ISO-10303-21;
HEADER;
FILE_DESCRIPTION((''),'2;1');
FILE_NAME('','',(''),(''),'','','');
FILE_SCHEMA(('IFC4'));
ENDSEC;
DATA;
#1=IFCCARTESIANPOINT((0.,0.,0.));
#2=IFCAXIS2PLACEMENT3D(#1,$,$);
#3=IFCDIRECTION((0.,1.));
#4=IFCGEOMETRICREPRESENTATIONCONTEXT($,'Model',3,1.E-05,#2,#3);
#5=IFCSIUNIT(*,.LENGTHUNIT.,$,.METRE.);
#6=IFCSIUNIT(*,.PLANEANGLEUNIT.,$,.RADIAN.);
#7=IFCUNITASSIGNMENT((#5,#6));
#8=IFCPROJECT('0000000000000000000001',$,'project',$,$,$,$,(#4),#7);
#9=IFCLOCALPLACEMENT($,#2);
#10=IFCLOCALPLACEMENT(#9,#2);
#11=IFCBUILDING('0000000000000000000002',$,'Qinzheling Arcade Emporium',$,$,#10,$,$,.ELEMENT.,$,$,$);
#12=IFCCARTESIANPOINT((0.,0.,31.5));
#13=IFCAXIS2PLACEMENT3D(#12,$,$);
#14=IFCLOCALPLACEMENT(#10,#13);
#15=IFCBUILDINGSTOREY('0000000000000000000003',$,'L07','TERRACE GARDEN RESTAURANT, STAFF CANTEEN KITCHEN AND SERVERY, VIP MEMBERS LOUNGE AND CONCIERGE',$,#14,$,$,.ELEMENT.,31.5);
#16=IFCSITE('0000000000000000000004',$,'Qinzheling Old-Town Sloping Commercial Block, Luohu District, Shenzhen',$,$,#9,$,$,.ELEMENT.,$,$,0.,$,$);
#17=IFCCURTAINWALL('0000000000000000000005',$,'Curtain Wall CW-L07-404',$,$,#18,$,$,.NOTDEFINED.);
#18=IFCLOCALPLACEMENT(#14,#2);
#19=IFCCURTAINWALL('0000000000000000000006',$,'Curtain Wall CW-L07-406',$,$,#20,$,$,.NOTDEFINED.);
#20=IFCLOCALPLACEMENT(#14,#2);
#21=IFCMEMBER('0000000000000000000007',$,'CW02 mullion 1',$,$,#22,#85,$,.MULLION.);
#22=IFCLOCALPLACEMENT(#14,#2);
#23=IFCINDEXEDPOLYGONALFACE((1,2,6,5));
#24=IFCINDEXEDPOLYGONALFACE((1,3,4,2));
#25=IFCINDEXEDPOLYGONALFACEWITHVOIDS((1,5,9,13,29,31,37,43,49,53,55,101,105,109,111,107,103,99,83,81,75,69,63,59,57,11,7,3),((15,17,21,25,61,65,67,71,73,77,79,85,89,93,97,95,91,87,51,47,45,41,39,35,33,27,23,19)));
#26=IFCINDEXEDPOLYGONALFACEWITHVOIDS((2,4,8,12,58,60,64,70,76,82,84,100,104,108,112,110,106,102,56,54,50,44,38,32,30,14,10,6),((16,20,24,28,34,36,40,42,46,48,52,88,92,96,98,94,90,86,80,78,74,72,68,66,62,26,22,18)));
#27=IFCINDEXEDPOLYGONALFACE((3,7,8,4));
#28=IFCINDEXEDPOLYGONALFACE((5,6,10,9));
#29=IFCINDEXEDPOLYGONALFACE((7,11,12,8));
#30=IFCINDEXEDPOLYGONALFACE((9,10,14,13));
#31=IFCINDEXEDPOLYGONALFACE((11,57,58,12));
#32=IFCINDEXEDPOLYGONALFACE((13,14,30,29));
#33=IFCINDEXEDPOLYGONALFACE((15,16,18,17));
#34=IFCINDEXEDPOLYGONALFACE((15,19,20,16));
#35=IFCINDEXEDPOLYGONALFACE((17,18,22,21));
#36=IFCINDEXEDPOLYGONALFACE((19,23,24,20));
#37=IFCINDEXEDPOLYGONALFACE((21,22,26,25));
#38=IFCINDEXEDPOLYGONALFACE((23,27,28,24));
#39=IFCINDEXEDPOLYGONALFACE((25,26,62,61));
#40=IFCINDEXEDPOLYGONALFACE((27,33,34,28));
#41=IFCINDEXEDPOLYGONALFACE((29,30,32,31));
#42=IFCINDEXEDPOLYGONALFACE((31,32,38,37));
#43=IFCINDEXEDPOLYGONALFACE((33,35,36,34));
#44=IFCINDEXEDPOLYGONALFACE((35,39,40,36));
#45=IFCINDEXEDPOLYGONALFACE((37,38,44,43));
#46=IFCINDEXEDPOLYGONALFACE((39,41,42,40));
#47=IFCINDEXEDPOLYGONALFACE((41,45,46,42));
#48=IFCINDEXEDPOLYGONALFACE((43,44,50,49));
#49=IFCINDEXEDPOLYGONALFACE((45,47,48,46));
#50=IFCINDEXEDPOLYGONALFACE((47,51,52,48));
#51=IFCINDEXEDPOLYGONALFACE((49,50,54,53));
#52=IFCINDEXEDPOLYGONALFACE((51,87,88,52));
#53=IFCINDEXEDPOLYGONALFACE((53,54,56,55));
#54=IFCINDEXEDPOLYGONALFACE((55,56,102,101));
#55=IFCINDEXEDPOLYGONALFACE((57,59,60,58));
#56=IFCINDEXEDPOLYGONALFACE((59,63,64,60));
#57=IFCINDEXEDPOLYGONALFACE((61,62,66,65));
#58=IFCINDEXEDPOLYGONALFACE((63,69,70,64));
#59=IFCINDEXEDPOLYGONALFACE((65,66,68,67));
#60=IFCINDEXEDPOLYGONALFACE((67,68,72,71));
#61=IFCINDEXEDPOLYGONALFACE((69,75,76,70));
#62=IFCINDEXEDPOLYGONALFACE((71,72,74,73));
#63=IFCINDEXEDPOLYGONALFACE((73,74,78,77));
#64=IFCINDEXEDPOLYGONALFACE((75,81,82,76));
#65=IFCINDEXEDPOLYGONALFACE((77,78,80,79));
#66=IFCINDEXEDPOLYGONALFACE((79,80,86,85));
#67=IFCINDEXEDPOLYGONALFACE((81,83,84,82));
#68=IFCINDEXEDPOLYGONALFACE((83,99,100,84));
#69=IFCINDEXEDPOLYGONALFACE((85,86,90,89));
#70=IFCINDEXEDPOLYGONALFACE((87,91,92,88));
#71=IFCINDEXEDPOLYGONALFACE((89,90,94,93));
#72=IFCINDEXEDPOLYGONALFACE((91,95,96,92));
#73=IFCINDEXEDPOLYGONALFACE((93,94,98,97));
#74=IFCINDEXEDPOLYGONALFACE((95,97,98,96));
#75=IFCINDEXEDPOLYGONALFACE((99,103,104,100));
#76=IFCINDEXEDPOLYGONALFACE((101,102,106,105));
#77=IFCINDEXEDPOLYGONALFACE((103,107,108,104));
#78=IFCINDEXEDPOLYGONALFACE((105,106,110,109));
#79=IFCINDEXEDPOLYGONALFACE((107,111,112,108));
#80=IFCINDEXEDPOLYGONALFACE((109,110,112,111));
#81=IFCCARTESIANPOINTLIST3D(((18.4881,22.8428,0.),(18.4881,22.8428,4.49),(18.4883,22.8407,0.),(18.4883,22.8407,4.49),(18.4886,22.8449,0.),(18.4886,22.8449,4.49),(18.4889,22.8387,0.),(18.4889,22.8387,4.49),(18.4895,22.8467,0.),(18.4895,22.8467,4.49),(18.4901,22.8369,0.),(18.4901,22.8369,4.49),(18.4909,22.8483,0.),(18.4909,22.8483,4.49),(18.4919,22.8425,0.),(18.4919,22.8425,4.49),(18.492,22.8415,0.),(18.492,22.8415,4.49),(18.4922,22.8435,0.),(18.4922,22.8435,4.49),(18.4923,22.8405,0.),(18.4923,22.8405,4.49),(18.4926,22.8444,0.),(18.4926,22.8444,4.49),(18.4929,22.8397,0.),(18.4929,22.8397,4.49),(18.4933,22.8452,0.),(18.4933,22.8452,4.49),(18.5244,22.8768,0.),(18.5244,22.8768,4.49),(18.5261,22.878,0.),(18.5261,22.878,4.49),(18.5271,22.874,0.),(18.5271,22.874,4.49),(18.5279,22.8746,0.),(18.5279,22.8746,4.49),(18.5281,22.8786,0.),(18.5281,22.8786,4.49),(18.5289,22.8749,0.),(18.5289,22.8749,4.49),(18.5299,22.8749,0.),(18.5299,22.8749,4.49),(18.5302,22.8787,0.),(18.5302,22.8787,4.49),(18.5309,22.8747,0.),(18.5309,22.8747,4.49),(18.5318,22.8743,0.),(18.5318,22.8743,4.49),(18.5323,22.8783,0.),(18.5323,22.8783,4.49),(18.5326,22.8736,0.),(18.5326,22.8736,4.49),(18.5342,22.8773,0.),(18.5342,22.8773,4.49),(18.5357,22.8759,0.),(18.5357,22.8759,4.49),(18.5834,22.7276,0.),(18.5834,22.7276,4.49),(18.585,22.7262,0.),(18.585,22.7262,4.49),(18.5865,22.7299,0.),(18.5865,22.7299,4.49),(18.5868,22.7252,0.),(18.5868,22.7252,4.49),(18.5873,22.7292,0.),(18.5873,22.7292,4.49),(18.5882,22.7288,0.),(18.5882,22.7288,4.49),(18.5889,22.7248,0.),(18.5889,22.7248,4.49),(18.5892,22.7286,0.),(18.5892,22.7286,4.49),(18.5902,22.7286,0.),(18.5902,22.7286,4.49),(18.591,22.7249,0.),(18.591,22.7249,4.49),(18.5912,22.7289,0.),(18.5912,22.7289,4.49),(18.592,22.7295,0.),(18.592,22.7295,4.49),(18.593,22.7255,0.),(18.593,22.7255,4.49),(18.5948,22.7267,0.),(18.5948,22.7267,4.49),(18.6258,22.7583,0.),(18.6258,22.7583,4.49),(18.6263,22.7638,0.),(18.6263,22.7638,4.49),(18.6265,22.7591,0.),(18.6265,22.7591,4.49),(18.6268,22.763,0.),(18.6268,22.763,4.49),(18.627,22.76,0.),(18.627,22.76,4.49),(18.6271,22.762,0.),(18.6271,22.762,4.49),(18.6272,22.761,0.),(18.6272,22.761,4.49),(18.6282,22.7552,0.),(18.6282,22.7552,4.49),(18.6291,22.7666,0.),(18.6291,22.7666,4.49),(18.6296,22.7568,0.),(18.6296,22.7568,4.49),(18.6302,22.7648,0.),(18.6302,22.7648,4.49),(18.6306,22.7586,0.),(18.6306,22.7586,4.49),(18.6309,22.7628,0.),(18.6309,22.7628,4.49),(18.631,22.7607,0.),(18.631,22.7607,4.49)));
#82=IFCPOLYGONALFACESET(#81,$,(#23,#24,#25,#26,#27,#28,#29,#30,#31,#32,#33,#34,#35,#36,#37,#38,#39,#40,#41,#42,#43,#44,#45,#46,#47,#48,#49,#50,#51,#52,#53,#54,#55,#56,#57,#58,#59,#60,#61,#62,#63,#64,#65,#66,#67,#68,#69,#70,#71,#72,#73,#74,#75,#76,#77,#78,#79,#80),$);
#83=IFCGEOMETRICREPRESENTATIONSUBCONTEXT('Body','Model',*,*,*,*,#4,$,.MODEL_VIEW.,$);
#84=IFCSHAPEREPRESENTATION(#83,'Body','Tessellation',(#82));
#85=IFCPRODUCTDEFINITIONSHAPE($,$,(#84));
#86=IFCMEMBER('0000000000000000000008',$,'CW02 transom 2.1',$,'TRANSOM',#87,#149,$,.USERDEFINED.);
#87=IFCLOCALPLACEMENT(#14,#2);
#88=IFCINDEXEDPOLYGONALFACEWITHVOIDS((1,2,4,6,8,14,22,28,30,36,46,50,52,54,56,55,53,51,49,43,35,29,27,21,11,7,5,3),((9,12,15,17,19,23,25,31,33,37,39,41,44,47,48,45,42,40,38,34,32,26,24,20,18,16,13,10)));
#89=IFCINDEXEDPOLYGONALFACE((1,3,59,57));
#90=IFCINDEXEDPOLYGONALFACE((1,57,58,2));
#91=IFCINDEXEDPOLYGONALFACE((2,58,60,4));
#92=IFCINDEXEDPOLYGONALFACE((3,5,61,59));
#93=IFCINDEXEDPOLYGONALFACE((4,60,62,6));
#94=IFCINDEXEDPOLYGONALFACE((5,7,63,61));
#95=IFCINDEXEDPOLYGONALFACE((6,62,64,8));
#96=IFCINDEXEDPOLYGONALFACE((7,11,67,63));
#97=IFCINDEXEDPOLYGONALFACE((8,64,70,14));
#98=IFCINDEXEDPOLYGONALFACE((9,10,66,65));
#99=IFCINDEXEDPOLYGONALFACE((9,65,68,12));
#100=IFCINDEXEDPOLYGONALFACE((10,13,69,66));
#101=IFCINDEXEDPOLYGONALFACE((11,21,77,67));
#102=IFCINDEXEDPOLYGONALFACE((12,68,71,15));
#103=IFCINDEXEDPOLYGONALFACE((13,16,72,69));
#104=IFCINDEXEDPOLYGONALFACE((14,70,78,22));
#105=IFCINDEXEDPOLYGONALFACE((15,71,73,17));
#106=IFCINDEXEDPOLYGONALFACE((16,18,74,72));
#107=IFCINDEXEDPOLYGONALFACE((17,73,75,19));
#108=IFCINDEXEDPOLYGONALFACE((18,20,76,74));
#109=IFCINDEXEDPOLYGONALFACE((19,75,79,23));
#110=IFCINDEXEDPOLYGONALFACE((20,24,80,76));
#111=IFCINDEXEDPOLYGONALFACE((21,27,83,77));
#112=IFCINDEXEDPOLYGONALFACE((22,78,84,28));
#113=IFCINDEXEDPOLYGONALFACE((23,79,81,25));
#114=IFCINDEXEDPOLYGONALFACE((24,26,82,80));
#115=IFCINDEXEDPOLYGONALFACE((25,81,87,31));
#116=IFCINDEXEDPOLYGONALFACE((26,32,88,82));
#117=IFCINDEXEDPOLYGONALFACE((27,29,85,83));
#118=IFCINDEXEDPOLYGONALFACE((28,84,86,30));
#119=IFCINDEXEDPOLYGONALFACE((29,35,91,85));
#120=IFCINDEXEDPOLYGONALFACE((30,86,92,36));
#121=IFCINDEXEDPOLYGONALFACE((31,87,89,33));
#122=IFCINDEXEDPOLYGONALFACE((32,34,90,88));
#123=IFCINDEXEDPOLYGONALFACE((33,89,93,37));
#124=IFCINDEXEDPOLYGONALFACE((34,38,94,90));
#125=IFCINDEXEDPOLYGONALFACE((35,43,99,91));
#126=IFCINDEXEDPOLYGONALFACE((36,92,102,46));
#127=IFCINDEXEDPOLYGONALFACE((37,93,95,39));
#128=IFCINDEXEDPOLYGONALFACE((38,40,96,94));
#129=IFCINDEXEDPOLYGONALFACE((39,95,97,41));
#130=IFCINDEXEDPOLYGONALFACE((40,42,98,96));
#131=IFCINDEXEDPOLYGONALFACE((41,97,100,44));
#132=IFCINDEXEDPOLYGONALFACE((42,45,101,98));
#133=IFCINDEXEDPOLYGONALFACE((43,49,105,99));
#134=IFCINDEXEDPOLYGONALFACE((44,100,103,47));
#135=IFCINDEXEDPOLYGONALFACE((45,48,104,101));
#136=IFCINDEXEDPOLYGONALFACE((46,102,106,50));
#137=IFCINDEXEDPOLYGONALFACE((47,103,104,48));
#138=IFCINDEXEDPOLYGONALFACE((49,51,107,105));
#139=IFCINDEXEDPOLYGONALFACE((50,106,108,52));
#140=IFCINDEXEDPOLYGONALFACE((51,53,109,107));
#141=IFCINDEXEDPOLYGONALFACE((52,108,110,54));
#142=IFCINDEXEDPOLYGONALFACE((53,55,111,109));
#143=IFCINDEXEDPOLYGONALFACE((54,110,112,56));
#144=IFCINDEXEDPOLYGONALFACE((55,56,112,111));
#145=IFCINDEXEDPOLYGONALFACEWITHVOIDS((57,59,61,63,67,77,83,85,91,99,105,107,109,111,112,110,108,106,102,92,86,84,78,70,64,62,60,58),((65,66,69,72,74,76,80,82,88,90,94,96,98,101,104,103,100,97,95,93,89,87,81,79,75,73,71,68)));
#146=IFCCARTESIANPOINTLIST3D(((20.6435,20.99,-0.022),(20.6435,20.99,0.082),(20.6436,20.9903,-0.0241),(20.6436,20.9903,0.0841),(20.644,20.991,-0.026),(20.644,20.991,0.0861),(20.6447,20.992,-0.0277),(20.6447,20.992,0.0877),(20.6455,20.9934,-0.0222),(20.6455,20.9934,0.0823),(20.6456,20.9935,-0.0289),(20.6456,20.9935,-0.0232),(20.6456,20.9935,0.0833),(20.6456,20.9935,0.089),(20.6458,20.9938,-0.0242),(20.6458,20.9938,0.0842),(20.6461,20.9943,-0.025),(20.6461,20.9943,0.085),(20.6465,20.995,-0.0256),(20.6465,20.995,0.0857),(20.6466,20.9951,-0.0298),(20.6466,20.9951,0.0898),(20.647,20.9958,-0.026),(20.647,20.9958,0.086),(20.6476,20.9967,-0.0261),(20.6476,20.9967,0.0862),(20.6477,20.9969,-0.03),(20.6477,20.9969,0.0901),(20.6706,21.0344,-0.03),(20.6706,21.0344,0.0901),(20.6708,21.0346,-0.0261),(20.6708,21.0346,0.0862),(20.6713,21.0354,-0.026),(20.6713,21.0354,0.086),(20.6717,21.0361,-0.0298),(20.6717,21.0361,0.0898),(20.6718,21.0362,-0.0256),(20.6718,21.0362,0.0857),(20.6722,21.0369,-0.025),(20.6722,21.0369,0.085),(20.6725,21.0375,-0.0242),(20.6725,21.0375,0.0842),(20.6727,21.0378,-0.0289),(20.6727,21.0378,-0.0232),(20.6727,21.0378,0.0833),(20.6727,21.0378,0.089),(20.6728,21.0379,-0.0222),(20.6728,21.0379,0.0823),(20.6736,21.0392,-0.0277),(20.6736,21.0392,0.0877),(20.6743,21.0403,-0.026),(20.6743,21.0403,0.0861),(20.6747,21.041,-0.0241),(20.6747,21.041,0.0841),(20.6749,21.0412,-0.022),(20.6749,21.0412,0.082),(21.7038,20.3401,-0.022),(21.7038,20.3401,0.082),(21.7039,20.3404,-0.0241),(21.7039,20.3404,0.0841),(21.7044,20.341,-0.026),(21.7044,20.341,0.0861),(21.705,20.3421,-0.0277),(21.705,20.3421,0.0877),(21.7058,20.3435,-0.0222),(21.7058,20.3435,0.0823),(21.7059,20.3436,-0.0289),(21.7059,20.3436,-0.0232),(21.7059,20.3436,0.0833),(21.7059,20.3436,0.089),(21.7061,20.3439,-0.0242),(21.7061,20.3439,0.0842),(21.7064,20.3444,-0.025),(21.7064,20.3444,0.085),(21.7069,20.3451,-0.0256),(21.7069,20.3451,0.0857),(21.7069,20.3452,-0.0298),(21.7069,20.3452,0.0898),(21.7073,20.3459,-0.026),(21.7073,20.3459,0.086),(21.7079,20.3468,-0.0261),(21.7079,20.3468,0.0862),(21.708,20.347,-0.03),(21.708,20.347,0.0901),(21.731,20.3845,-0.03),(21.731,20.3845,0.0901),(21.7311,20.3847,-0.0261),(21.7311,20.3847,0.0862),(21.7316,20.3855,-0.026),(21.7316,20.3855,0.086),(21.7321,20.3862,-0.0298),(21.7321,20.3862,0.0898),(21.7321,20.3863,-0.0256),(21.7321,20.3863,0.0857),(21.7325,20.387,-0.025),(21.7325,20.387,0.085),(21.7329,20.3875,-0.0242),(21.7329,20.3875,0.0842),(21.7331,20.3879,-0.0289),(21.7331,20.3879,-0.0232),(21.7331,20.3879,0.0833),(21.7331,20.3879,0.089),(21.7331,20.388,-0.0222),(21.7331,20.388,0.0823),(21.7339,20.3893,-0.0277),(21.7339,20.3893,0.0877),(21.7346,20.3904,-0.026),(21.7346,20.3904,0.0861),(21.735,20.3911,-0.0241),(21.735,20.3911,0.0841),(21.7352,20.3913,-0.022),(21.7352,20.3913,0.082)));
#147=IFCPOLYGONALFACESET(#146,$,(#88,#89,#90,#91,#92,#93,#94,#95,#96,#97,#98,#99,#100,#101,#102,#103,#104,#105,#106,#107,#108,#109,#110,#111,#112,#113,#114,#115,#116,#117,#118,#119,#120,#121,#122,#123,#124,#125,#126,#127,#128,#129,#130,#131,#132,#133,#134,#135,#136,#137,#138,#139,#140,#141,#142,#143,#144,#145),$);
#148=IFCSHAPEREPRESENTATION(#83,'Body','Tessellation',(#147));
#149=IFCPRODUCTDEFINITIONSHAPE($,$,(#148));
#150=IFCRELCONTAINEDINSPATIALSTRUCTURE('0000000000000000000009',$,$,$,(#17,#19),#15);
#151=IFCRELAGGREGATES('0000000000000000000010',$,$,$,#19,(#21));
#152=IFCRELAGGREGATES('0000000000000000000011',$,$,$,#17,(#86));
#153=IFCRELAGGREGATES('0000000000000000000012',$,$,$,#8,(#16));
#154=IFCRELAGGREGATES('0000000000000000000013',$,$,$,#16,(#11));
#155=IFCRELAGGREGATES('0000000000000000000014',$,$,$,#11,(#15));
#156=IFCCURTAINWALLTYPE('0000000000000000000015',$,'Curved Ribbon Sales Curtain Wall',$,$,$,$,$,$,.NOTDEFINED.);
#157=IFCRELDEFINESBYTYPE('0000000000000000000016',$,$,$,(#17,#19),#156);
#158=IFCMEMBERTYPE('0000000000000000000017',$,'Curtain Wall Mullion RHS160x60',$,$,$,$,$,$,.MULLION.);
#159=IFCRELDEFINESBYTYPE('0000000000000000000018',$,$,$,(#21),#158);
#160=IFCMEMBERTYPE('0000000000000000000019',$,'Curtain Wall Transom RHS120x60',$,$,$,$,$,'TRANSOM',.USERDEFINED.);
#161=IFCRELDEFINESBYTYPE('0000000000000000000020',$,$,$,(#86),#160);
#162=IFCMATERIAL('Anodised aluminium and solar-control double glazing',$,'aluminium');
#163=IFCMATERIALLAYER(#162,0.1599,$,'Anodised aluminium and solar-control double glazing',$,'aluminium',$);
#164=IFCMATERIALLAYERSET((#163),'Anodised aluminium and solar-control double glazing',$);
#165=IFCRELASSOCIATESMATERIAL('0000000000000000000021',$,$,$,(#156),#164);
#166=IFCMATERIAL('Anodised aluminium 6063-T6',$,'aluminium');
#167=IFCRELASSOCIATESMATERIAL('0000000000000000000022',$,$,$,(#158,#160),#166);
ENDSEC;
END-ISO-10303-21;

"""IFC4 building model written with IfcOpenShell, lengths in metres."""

from ifc_helpers import new_model, si_unit, direction, frame, origin, origin_2d, place, context, subcontext, project, spatial, hollow_rectangle, extrude, material, layer, layer_set, material_profile, profile_set, type_object, element, aggregate, save


model = new_model("IFC4")

# Units and contexts
model_context = context("Model", 3, precision=1e-05, world=origin(), true_north=direction((0.0, 1.0)))
body_context = subcontext(model_context, "Body", "Model", "MODEL_VIEW")
ifc_project = project(units=[si_unit("LENGTHUNIT", "METRE"), si_unit("PLANEANGLEUNIT", "RADIAN")], contexts=[model_context])

# Site, building, storey
site_placement = place(None, origin())
site = spatial("IfcSite", under=ifc_project, at=site_placement, Name="Qinzheling Old-Town Sloping Commercial Block, Luohu District, Shenzhen", CompositionType="ELEMENT", RefElevation=0.0)
building_placement = place(site_placement, origin())
building = spatial("IfcBuilding", under=site, at=building_placement, Name="Qinzheling Arcade Emporium", CompositionType="ELEMENT")
storey_placement = place(building_placement, frame((0.0, 0.0, 31.5)))
storey = spatial("IfcBuildingStorey", under=building, at=storey_placement, Name="L07", Description="TERRACE GARDEN RESTAURANT, STAFF CANTEEN KITCHEN AND SERVERY, VIP MEMBERS LOUNGE AND CONCIERGE", CompositionType="ELEMENT", Elevation=31.5)

# Curtain wall
ifc_material_1 = material(Name="Anodised aluminium and solar-control double glazing", Category="aluminium")
ifc_layer_1 = layer(ifc_material_1, 0.1599, Name="Anodised aluminium and solar-control double glazing", Category="aluminium")
ifc_layer_set_1 = layer_set([ifc_layer_1], Name="Anodised aluminium and solar-control double glazing")
curtain_wall_type = type_object("IfcCurtainWallType", Name="Curved Ribbon Sales Curtain Wall", PredefinedType="NOTDEFINED", material=ifc_layer_set_1)
curtain_wall_1_placement = place(storey_placement, origin())
curtain_wall_1 = element("IfcCurtainWall", 1, at=curtain_wall_1_placement, inside=storey, type_object=curtain_wall_type, Name="Curtain Wall CW-L07-404", PredefinedType="NOTDEFINED")
ifc_material_2 = material(Name="Anodised aluminium 6063-T6", Category="aluminium")
ifc_material_profile_1 = material_profile(ifc_material_2, hollow_rectangle(XDim=0.0601, YDim=0.1599, WallThickness=0.0039, InnerFilletRadius=0.0039, OuterFilletRadius=0.0081, at=origin_2d()), Name="RHS 160x60x4", Category="aluminium")
ifc_profile_set_1 = profile_set([ifc_material_profile_1], Name="Anodised aluminium 6063-T6")
member_type_1 = type_object("IfcMemberType", Name="Curtain Wall Mullion RHS160x60", PredefinedType="MULLION", material=ifc_profile_set_1)

# Curtain wall, member
curtain_wall_2_placement = place(storey_placement, origin())
curtain_wall_2 = element("IfcCurtainWall", 2, at=curtain_wall_2_placement, inside=storey, type_object=curtain_wall_type, Name="Curtain Wall CW-L07-406", PredefinedType="NOTDEFINED")
member_1_placement = place(storey_placement, frame((18.5596, 22.8018, 0.0), z_axis=(0.0, 0.0, 1.0), x_axis=(-0.760578, -0.649247, 0.0)))
member_1 = element("IfcMember", 3, at=member_1_placement, type_object=member_type_1, Name="CW02 mullion 1", PredefinedType="MULLION", context=body_context, shape_type="SweptSolid", body=[
    extrude(hollow_rectangle(XDim=0.0601, YDim=0.1599, WallThickness=0.0039, InnerFilletRadius=0.0039, OuterFilletRadius=0.0081, at=origin_2d()), origin(), (0.0, 0.0, 1.0), 4.49),
])
aggregate(curtain_wall_2, [member_1])

# Member
ifc_material_profile_2 = material_profile(ifc_material_2, hollow_rectangle(XDim=0.0601, YDim=0.1201, WallThickness=0.0039, InnerFilletRadius=0.0039, OuterFilletRadius=0.0081, at=origin_2d()), Name="RHS 120x60x4", Category="aluminium")
ifc_profile_set_2 = profile_set([ifc_material_profile_2], Name="Anodised aluminium 6063-T6")
member_type_2 = type_object("IfcMemberType", Name="Curtain Wall Transom RHS120x60", ElementType="TRANSOM", PredefinedType="USERDEFINED", material=ifc_profile_set_2)
member_2_placement = place(storey_placement, frame((21.7195, 20.3657, 0.03), z_axis=(-0.852587, 0.522585, 0.0), x_axis=(-0.522585, -0.852587, 0.0)))
member_2 = element("IfcMember", 4, at=member_2_placement, type_object=member_type_2, Name="CW02 transom 2.1", ObjectType="TRANSOM", PredefinedType="USERDEFINED", context=body_context, shape_type="SweptSolid", body=[
    extrude(hollow_rectangle(XDim=0.0601, YDim=0.1201, WallThickness=0.0039, InnerFilletRadius=0.0039, OuterFilletRadius=0.0081, at=origin_2d()), origin(), (0.0, 0.0, 1.0), 1.2437),
])

aggregate(curtain_wall_1, [member_2])

save(model, "model.ifc")
